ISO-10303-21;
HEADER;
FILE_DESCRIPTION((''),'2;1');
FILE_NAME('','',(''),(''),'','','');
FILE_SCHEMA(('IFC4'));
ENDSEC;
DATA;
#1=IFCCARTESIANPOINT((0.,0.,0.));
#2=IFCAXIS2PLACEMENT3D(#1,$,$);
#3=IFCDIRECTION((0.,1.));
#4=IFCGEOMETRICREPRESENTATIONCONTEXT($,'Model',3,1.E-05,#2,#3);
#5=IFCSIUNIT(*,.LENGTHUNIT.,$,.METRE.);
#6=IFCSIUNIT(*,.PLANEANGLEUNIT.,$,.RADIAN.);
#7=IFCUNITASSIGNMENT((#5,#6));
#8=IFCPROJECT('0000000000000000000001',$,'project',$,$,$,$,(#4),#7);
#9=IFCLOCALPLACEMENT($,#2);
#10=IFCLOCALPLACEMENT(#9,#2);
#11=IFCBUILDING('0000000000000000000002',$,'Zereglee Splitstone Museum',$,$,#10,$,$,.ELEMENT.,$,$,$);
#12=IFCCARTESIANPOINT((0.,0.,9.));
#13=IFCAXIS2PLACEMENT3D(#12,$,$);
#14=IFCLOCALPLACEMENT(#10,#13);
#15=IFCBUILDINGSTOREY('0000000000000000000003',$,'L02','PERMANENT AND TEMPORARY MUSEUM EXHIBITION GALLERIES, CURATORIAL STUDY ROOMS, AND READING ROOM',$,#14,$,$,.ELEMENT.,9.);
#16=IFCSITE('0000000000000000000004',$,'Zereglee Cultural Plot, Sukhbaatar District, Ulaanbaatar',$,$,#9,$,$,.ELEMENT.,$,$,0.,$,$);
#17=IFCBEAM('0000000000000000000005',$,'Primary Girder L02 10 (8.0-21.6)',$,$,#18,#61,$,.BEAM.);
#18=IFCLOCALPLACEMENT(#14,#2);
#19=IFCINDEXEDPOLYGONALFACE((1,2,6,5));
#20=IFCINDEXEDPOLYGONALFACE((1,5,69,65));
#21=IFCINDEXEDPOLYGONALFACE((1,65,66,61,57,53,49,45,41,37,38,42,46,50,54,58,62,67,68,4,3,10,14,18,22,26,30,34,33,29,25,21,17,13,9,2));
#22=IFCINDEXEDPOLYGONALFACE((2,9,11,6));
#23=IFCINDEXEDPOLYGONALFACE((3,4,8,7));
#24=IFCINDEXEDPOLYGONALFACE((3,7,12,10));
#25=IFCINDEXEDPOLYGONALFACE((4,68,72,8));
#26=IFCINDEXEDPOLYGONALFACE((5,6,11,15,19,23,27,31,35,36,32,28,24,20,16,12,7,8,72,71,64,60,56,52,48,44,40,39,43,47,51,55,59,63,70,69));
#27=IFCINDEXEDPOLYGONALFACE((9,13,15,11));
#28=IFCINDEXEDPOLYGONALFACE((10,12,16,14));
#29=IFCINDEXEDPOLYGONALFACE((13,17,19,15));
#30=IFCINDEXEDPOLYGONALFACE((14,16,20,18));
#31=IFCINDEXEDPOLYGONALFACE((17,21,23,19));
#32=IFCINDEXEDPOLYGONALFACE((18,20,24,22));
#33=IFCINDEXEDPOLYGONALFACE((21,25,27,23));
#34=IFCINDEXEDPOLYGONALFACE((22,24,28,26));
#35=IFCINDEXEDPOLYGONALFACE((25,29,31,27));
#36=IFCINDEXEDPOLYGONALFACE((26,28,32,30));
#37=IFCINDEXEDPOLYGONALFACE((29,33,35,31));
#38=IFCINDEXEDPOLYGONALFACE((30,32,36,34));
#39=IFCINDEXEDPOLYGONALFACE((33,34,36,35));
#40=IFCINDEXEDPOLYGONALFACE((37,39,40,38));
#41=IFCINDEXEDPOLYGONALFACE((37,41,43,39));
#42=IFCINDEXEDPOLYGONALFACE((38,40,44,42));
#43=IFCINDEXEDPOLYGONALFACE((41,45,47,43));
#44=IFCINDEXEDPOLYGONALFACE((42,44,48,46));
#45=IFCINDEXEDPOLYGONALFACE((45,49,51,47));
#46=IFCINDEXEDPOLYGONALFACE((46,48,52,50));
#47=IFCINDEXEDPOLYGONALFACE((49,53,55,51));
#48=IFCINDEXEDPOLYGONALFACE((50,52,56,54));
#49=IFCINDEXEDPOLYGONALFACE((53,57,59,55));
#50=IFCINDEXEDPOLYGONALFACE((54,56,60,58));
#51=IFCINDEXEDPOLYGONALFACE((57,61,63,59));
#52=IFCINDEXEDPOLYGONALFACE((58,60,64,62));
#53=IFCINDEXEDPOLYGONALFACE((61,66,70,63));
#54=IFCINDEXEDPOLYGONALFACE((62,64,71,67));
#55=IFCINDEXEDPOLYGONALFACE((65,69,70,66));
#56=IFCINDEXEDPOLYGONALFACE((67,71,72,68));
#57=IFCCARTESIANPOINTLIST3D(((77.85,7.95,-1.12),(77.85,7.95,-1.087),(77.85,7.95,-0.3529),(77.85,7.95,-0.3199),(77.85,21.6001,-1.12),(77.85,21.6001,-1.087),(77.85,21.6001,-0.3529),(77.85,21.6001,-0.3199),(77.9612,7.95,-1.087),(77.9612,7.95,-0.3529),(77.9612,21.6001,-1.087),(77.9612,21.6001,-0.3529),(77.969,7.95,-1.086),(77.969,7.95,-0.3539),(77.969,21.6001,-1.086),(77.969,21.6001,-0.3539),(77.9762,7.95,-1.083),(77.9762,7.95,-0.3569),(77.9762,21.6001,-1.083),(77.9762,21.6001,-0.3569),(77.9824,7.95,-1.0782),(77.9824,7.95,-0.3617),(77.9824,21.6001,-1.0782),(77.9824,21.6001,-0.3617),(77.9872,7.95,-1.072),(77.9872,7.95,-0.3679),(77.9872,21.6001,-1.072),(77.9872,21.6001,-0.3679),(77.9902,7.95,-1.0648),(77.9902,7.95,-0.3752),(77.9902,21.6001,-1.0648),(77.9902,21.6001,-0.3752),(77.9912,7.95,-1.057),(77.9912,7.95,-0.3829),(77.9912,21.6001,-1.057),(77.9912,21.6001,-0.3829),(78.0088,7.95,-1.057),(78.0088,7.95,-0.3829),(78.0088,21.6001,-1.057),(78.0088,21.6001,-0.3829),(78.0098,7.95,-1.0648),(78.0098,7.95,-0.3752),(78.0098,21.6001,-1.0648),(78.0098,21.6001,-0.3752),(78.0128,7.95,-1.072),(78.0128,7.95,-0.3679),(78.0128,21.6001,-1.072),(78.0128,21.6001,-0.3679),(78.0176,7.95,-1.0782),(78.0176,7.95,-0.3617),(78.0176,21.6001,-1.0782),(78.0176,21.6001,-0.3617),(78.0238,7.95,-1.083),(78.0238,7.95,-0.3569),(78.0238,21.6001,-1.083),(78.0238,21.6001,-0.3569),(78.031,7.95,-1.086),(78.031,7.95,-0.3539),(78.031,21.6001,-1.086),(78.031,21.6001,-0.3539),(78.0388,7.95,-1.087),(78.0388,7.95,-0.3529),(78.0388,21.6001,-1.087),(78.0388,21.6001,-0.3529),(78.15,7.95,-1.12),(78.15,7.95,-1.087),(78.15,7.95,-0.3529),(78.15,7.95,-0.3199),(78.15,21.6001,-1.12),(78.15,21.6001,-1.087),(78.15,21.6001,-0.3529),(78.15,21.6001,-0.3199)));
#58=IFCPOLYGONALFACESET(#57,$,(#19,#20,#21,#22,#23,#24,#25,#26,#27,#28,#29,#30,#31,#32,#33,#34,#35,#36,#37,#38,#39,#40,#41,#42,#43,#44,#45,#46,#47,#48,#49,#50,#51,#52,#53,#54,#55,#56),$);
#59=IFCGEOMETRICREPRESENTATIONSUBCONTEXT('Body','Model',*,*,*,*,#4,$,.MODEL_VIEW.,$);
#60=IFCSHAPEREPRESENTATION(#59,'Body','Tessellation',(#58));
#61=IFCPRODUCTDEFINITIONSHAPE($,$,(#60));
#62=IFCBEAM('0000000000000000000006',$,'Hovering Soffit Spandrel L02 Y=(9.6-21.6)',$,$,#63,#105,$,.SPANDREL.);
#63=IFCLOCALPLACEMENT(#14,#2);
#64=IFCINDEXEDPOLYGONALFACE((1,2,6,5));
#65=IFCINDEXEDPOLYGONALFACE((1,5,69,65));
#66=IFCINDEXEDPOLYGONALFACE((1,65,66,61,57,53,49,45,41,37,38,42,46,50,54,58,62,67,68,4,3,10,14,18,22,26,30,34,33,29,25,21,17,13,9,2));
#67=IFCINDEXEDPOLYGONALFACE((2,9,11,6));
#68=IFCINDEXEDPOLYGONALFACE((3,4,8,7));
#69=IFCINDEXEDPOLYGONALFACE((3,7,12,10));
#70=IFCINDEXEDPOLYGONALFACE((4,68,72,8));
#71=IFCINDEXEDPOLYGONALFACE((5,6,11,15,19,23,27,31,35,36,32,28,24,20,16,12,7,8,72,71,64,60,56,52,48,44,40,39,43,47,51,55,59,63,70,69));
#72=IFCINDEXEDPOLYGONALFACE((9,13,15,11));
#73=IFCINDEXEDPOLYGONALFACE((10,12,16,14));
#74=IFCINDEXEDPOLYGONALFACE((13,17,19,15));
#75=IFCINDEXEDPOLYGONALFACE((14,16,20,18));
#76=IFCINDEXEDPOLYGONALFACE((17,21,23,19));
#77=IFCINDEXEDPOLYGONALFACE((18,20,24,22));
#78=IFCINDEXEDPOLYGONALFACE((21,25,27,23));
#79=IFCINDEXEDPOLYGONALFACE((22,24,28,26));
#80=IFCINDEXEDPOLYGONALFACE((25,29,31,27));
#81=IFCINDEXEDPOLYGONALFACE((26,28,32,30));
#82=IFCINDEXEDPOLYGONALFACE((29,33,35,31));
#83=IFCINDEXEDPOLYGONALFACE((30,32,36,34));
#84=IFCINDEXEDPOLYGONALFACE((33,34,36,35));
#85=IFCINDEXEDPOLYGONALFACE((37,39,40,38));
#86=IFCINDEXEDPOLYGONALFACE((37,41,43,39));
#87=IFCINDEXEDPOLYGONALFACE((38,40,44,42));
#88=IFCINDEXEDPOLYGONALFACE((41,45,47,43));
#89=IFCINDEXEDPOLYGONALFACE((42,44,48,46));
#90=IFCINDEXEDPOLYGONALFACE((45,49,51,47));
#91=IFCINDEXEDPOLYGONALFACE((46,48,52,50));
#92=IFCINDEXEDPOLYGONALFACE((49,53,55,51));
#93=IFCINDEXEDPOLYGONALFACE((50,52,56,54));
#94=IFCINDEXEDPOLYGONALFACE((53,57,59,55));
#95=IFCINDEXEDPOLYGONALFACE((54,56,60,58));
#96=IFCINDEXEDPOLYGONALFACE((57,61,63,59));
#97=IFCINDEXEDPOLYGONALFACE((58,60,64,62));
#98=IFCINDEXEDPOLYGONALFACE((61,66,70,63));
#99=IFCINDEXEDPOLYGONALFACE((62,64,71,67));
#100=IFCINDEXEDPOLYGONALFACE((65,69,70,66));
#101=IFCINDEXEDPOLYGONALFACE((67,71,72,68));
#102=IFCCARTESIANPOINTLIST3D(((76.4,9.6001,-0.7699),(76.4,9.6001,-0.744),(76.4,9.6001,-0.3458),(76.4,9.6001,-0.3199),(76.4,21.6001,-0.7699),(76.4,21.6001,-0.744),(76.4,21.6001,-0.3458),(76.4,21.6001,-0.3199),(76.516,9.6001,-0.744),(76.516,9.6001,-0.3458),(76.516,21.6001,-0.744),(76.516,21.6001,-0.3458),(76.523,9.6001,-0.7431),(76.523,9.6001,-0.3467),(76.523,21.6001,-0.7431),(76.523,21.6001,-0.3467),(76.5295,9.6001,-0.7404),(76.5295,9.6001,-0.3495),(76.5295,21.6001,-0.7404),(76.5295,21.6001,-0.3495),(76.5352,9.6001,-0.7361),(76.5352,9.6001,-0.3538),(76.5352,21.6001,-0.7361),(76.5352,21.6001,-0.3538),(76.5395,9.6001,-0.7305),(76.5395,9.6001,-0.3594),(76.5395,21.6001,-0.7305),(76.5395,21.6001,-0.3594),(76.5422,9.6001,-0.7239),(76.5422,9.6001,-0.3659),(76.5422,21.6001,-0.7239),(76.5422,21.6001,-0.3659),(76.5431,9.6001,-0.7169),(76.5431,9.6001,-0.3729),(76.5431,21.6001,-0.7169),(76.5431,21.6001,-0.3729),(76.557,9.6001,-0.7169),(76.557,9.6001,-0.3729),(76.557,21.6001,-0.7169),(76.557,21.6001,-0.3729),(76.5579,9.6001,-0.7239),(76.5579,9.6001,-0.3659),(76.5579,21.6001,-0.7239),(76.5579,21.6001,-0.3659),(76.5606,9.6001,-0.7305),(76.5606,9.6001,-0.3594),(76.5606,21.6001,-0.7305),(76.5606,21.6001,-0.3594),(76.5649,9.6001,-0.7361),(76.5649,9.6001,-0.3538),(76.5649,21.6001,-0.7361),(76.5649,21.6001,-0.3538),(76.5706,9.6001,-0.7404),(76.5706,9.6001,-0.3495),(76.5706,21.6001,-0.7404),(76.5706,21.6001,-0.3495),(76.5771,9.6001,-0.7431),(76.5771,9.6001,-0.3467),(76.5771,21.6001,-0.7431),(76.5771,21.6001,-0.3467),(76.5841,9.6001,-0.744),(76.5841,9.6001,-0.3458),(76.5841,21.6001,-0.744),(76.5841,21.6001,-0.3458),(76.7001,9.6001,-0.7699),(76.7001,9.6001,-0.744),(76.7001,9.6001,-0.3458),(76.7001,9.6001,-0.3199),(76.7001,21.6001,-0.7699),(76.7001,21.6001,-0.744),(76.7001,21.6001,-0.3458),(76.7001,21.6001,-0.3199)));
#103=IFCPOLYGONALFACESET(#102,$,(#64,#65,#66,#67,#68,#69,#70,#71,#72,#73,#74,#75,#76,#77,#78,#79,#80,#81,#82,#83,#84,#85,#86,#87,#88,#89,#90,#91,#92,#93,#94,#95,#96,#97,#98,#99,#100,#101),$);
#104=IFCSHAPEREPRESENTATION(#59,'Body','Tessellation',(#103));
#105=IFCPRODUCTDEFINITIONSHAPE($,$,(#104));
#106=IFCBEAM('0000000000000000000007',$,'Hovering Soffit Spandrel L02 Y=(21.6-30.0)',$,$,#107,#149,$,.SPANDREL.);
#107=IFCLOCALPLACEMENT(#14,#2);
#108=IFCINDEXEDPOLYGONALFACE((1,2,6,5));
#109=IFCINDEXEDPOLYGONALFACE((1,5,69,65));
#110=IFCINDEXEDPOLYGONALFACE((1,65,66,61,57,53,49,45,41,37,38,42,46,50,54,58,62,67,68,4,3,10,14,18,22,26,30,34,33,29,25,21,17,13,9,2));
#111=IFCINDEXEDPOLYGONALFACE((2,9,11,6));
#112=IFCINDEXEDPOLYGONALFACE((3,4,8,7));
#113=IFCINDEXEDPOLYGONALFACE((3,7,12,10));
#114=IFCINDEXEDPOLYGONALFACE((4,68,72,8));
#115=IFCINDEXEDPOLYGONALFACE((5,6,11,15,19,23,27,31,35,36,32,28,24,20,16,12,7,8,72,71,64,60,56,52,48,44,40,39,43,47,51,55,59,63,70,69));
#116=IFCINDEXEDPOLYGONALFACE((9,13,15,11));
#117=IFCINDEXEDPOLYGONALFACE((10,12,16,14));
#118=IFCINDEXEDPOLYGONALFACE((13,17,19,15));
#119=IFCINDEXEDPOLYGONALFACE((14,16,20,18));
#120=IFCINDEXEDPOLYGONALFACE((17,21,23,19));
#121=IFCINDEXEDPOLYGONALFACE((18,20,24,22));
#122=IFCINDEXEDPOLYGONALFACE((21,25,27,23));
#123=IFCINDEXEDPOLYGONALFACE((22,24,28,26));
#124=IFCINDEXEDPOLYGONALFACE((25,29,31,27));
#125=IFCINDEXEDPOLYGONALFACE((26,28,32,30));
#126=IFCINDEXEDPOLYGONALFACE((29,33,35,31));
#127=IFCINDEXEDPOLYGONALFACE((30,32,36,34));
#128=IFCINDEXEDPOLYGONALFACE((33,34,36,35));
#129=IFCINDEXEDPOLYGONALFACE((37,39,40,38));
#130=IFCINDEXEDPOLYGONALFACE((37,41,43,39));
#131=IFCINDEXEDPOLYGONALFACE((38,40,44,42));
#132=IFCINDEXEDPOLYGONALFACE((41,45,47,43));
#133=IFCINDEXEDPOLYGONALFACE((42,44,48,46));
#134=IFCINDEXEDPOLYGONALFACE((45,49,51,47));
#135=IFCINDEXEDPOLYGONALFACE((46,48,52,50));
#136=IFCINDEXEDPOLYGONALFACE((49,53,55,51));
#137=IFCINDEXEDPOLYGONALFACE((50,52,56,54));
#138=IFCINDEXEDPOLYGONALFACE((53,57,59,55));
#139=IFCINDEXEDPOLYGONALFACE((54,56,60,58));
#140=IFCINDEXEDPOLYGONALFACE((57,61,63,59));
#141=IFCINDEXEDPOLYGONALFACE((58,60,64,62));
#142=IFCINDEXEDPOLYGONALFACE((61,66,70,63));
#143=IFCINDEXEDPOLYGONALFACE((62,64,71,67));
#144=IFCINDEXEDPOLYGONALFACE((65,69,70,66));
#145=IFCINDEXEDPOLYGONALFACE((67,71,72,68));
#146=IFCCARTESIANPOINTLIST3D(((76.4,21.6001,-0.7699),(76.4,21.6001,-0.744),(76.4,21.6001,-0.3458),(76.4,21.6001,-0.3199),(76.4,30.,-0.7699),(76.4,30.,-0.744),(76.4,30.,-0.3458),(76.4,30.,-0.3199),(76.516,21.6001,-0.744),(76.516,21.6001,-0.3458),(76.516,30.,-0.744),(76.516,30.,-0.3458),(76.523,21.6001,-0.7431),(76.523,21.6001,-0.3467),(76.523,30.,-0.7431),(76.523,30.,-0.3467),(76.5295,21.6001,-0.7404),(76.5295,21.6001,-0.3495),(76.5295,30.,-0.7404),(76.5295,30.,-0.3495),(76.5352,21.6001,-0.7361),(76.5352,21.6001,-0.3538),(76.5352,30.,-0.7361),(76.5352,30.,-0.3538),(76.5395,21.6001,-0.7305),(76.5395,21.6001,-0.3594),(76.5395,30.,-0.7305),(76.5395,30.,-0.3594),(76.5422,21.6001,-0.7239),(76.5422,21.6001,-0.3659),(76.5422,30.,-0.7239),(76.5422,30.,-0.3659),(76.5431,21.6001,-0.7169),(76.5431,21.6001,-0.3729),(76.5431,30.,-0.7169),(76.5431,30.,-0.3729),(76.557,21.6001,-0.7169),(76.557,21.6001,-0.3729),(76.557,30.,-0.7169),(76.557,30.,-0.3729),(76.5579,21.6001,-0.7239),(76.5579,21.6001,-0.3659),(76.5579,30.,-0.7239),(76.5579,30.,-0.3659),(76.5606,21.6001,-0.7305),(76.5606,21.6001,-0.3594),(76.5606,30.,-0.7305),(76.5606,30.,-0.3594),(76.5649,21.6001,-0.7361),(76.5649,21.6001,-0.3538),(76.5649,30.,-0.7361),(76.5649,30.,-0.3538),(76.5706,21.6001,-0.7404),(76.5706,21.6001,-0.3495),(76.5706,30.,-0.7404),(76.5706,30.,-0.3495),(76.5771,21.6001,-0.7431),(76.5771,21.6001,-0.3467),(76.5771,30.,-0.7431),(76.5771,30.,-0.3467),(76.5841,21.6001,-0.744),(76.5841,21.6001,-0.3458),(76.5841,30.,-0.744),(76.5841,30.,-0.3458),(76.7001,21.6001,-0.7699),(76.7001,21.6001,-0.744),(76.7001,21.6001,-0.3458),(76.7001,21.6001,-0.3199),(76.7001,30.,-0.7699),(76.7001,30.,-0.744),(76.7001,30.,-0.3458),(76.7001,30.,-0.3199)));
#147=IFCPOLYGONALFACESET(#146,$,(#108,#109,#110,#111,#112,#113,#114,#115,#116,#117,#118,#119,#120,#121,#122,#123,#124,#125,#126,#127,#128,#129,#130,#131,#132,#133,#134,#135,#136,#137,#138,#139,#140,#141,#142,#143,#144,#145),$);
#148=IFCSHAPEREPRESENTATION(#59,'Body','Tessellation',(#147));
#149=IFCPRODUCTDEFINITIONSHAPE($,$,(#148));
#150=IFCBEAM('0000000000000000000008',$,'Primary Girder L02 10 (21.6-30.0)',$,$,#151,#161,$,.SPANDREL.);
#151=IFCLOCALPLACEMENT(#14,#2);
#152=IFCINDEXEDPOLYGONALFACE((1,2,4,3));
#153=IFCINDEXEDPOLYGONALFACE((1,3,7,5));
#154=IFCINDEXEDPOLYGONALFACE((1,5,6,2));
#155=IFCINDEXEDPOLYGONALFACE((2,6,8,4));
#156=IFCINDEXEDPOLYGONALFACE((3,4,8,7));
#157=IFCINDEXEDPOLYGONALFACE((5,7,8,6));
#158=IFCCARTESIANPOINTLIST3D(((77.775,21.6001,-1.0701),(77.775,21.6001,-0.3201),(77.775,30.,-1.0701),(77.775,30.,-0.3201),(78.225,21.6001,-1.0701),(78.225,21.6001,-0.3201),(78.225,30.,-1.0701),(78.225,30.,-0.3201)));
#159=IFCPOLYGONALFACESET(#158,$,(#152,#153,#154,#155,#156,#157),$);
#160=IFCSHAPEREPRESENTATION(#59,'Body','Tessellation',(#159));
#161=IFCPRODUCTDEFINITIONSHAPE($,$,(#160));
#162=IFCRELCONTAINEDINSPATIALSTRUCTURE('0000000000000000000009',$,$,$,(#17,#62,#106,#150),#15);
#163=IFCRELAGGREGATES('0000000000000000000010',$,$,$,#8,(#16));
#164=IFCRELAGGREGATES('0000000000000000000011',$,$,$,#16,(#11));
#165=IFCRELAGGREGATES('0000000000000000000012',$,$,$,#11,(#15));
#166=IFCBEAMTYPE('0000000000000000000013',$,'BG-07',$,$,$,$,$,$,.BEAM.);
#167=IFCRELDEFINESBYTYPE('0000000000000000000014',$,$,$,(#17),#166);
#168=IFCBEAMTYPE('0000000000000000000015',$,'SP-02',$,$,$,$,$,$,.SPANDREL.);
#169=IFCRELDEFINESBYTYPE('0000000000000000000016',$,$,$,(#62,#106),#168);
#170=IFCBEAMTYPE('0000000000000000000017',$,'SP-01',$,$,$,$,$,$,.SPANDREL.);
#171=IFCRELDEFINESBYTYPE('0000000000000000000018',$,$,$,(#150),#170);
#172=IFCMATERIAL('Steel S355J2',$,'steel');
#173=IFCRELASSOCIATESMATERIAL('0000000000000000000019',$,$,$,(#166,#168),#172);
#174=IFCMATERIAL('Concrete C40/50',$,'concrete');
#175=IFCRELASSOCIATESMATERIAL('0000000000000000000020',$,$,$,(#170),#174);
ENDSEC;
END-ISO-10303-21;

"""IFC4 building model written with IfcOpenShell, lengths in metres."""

from ifc_helpers import new_model, si_unit, direction, frame, origin, origin_2d, place, context, subcontext, project, spatial, rectangle, i_section, extrude, material, material_profile, profile_set, type_object, element, save


model = new_model("IFC4")

# Units and contexts
model_context = context("Model", 3, precision=1e-05, world=origin(), true_north=direction((0.0, 1.0)))
body_context = subcontext(model_context, "Body", "Model", "MODEL_VIEW")
ifc_project = project(units=[si_unit("LENGTHUNIT", "METRE"), si_unit("PLANEANGLEUNIT", "RADIAN")], contexts=[model_context])

# Site, building, storey
site_placement = place(None, origin())
site = spatial("IfcSite", under=ifc_project, at=site_placement, Name="Zereglee Cultural Plot, Sukhbaatar District, Ulaanbaatar", CompositionType="ELEMENT", RefElevation=0.0)
building_placement = place(site_placement, origin())
building = spatial("IfcBuilding", under=site, at=building_placement, Name="Zereglee Splitstone Museum", CompositionType="ELEMENT")
storey_placement = place(building_placement, frame((0.0, 0.0, 9.0)))
storey = spatial("IfcBuildingStorey", under=building, at=storey_placement, Name="L02", Description="PERMANENT AND TEMPORARY MUSEUM EXHIBITION GALLERIES, CURATORIAL STUDY ROOMS, AND READING ROOM", CompositionType="ELEMENT", Elevation=9.0)

# Shared definitions
ifc_material_1 = material(Name="Steel S355J2", Category="steel")

# Beams
ifc_material_profile_1 = material_profile(ifc_material_1, i_section(OverallWidth=0.3, OverallDepth=0.8, WebThickness=0.0176, FlangeThickness=0.033, FilletRadius=0.03, at=origin_2d()), Name="HE 800 B")
ifc_profile_set_1 = profile_set([ifc_material_profile_1], Name="Steel S355J2")
beam_type_1 = type_object("IfcBeamType", Name="BG-07", PredefinedType="BEAM", material=ifc_profile_set_1)
beam_1_placement = place(storey_placement, frame((78.0, 7.95, -0.72), z_axis=(0.0, 1.0, 0.0), x_axis=(-1.0, 0.0, 0.0)))
element("IfcBeam", 1, at=beam_1_placement, inside=storey, type_object=beam_type_1, Name="Primary Girder L02 10 (8.0-21.6)", PredefinedType="BEAM", context=body_context, shape_type="SweptSolid", body=[
    extrude(i_section(OverallWidth=0.3, OverallDepth=0.8, WebThickness=0.0176, FlangeThickness=0.033, FilletRadius=0.03, at=origin_2d()), origin(), (0.0, 0.0, 1.0), 13.6501),
])
ifc_material_profile_2 = material_profile(ifc_material_1, i_section(OverallWidth=0.3, OverallDepth=0.45, WebThickness=0.0139, FlangeThickness=0.0259, FilletRadius=0.0271, at=origin_2d()), Name="HE 450 B")
ifc_profile_set_2 = profile_set([ifc_material_profile_2], Name="Steel S355J2")
beam_type_2 = type_object("IfcBeamType", Name="SP-02", PredefinedType="SPANDREL", material=ifc_profile_set_2)
beam_2_placement = place(storey_placement, frame((76.55, 9.6001, -0.5449), z_axis=(0.0, 1.0, 0.0), x_axis=(-1.0, 0.0, 0.0)))
element("IfcBeam", 2, at=beam_2_placement, inside=storey, type_object=beam_type_2, Name="Hovering Soffit Spandrel L02 Y=(9.6-21.6)", PredefinedType="SPANDREL", context=body_context, shape_type="SweptSolid", body=[
    extrude(i_section(OverallWidth=0.3, OverallDepth=0.45, WebThickness=0.0139, FlangeThickness=0.0259, FilletRadius=0.0271, at=origin_2d()), origin(), (0.0, 0.0, 1.0), 12.0),
])
beam_3_placement = place(storey_placement, frame((76.55, 21.6001, -0.5449), z_axis=(0.0, 1.0, 0.0), x_axis=(-1.0, 0.0, 0.0)))
element("IfcBeam", 3, at=beam_3_placement, inside=storey, type_object=beam_type_2, Name="Hovering Soffit Spandrel L02 Y=(21.6-30.0)", PredefinedType="SPANDREL", context=body_context, shape_type="SweptSolid", body=[
    extrude(i_section(OverallWidth=0.3, OverallDepth=0.45, WebThickness=0.0139, FlangeThickness=0.0259, FilletRadius=0.0271, at=origin_2d()), origin(), (0.0, 0.0, 1.0), 8.3999),
])
ifc_material_2 = material(Name="Concrete C40/50", Category="concrete")
ifc_material_profile_3 = material_profile(ifc_material_2, rectangle(XDim=0.45, YDim=0.75, at=origin_2d()), Name="RC 450x750")
ifc_profile_set_3 = profile_set([ifc_material_profile_3], Name="Concrete C40/50")
beam_type_3 = type_object("IfcBeamType", Name="SP-01", PredefinedType="SPANDREL", material=ifc_profile_set_3)
beam_4_placement = place(storey_placement, frame((78.0, 21.6001, -0.6951), z_axis=(0.0, 1.0, 0.0), x_axis=(-1.0, 0.0, 0.0)))
element("IfcBeam", 4, at=beam_4_placement, inside=storey, type_object=beam_type_3, Name="Primary Girder L02 10 (21.6-30.0)", PredefinedType="SPANDREL", context=body_context, shape_type="SweptSolid", body=[
    extrude(rectangle(XDim=0.45, YDim=0.75, at=origin_2d()), origin(), (0.0, 0.0, 1.0), 8.3999),
])

save(model, "model.ifc")
